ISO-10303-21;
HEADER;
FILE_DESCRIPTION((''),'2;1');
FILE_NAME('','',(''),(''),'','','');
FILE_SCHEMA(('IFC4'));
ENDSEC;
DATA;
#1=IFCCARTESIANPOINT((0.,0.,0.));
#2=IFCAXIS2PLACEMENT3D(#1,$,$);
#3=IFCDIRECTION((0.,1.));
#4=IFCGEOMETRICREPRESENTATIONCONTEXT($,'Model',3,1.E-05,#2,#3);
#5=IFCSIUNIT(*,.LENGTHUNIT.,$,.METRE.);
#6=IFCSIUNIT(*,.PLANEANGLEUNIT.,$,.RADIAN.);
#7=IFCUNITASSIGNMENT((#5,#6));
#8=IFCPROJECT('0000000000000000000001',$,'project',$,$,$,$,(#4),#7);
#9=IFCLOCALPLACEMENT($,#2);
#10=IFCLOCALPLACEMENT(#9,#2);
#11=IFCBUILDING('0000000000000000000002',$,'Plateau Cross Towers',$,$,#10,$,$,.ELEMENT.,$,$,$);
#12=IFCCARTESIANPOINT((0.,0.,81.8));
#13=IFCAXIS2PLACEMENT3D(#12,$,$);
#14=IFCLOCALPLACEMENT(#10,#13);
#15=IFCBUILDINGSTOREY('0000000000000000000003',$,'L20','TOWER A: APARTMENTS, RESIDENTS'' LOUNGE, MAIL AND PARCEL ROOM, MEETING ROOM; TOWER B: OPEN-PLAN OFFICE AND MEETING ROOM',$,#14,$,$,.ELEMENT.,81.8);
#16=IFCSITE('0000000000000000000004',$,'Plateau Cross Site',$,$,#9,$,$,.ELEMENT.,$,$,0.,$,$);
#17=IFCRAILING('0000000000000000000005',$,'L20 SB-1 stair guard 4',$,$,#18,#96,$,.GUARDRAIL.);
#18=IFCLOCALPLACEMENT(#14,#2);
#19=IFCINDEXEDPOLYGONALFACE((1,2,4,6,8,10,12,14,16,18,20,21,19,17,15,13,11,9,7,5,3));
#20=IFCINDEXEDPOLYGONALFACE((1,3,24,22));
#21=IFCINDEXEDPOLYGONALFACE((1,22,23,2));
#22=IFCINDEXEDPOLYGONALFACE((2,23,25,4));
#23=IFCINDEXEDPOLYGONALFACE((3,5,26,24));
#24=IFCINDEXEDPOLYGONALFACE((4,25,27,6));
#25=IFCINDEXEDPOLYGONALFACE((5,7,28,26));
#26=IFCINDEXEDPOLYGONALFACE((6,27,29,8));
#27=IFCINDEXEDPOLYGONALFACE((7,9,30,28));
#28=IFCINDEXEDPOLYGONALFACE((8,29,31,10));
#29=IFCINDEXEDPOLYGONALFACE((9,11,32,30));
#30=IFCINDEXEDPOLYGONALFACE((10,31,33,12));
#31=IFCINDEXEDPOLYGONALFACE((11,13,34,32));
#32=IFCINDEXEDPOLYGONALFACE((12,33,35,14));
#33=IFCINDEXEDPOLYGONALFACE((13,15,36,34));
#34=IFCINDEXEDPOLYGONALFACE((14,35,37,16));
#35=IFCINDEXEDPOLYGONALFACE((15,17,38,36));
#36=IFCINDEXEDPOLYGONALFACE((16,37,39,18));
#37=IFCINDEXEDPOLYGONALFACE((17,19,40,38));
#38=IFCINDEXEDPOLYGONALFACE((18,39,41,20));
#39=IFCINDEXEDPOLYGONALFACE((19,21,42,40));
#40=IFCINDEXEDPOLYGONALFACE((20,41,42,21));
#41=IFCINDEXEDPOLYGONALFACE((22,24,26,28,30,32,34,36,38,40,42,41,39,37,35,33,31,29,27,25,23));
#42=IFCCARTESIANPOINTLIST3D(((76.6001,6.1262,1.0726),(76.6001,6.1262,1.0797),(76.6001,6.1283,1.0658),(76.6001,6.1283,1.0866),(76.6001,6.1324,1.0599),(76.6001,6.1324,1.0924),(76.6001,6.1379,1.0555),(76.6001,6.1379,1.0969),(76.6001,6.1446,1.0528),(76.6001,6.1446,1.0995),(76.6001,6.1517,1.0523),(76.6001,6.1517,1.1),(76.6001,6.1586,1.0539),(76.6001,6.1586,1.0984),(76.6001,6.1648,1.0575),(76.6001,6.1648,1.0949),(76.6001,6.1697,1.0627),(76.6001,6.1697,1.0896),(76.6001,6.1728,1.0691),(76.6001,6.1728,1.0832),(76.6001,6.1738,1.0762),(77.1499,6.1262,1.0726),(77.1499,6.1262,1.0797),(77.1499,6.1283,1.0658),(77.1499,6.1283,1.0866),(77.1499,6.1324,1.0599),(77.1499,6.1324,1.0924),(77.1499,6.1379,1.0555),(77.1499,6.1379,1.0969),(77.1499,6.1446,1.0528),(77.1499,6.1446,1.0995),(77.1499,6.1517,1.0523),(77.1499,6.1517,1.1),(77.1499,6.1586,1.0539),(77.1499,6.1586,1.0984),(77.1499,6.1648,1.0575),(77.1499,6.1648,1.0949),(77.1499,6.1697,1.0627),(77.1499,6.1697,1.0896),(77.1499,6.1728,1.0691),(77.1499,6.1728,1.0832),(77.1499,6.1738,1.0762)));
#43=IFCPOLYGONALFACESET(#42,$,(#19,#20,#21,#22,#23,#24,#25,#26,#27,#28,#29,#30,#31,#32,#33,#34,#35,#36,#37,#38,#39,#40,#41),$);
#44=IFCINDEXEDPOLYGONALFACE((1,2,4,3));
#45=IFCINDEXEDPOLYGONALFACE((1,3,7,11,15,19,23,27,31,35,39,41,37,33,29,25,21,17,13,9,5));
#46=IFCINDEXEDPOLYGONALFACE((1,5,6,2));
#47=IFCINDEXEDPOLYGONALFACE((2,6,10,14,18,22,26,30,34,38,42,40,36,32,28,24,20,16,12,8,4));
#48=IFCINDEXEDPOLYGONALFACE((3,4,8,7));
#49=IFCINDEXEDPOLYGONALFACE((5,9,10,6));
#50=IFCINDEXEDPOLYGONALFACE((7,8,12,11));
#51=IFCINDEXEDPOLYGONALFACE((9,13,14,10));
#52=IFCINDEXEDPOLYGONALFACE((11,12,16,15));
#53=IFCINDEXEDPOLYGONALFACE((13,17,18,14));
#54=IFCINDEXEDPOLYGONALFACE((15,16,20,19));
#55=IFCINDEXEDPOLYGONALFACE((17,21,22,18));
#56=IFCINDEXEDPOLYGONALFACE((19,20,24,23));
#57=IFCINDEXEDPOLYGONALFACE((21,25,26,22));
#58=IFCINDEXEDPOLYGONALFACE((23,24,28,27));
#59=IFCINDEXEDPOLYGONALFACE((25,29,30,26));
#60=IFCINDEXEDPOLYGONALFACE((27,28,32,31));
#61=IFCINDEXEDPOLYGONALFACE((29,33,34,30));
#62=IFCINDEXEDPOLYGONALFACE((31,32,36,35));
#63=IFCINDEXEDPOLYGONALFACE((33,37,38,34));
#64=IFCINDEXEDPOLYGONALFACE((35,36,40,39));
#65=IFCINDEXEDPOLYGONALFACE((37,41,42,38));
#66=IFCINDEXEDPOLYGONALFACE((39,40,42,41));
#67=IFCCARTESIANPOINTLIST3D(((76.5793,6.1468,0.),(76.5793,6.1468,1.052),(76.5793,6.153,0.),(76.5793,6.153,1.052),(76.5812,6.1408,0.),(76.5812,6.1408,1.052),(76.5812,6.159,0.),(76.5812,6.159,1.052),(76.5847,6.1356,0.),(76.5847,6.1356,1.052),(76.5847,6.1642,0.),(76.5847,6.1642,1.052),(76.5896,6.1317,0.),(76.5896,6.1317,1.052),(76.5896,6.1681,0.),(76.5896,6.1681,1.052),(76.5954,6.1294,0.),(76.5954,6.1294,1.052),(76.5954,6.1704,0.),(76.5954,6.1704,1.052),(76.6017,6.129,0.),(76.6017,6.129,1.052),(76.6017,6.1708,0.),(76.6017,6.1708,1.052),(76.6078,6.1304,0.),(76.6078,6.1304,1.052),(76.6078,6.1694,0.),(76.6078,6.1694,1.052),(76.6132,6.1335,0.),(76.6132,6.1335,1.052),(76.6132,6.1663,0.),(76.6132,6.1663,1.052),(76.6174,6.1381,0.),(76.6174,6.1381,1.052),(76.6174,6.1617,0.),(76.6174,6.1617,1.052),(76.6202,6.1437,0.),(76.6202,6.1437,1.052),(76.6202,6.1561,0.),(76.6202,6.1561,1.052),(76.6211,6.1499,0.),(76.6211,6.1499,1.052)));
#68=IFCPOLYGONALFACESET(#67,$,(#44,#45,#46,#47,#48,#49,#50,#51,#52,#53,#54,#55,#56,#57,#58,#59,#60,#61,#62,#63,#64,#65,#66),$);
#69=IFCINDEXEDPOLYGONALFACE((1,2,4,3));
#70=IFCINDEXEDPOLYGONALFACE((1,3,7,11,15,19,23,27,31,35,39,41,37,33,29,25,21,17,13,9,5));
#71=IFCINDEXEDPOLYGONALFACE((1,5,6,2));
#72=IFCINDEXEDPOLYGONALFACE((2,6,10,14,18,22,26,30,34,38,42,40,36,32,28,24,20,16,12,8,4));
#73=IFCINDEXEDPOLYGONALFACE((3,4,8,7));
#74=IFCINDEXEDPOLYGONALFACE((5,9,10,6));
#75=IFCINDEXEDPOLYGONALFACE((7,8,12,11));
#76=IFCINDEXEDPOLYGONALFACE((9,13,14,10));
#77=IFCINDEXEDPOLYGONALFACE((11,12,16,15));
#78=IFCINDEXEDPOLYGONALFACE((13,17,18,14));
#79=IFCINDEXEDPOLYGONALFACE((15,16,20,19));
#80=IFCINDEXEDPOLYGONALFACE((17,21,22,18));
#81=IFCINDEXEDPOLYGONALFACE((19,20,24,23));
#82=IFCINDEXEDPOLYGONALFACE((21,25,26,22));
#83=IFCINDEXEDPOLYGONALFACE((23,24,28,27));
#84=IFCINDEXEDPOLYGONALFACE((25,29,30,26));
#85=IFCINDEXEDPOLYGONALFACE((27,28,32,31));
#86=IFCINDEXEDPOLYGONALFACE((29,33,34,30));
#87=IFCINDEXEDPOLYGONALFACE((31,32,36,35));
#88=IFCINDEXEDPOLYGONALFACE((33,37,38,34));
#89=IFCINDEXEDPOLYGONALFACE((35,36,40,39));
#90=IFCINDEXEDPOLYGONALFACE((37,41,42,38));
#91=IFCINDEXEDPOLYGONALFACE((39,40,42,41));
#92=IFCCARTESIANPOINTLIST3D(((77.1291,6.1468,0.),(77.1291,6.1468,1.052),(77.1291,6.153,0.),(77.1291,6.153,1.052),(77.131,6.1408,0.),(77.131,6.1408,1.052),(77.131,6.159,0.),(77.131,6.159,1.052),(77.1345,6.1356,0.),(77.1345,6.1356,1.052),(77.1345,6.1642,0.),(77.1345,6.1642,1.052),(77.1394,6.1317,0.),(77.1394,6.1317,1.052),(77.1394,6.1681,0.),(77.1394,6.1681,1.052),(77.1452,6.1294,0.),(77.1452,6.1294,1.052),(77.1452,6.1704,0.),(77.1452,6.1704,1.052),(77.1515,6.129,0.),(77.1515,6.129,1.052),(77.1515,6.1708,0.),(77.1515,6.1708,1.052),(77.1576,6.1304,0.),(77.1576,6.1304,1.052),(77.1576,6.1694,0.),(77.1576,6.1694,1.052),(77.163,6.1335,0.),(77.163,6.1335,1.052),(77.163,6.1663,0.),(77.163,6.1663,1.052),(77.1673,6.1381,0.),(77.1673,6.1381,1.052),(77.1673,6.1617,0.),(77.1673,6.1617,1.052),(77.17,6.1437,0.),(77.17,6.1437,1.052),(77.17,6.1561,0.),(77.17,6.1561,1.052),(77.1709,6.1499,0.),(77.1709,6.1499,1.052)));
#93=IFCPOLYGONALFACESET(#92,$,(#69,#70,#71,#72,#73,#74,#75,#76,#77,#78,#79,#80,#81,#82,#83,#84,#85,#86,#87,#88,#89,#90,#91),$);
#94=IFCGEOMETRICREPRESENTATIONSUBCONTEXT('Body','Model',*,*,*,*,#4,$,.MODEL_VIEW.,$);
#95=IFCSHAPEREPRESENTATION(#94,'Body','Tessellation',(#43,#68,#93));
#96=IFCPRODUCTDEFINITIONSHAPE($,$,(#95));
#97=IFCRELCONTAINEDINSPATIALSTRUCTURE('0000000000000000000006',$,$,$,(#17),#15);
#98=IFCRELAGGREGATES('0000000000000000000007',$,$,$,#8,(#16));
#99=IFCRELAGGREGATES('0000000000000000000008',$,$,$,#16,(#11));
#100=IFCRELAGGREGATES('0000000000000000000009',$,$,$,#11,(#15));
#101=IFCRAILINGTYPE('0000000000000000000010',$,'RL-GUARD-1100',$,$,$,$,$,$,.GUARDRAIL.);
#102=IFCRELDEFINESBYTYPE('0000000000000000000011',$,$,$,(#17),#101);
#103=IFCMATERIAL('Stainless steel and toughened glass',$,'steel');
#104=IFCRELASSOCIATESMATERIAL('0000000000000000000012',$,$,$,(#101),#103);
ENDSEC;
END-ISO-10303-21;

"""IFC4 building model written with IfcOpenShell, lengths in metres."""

from ifc_helpers import new_model, si_unit, direction, frame, origin, origin_2d, place, context, subcontext, project, spatial, circle, extrude, material, type_object, element, save


model = new_model("IFC4")

# Units and contexts
model_context = context("Model", 3, precision=1e-05, world=origin(), true_north=direction((0.0, 1.0)))
body_context = subcontext(model_context, "Body", "Model", "MODEL_VIEW")
ifc_project = project(units=[si_unit("LENGTHUNIT", "METRE"), si_unit("PLANEANGLEUNIT", "RADIAN")], contexts=[model_context])

# Site, building, storey
site_placement = place(None, origin())
site = spatial("IfcSite", under=ifc_project, at=site_placement, Name="Plateau Cross Site", CompositionType="ELEMENT", RefElevation=0.0)
building_placement = place(site_placement, origin())
building = spatial("IfcBuilding", under=site, at=building_placement, Name="Plateau Cross Towers", CompositionType="ELEMENT")
storey_placement = place(building_placement, frame((0.0, 0.0, 81.8)))
storey = spatial("IfcBuildingStorey", under=building, at=storey_placement, Name="L20", Description="TOWER A: APARTMENTS, RESIDENTS' LOUNGE, MAIL AND PARCEL ROOM, MEETING ROOM; TOWER B: OPEN-PLAN OFFICE AND MEETING ROOM", CompositionType="ELEMENT", Elevation=81.8)

# Railing
ifc_material_1 = material(Name="Stainless steel and toughened glass", Category="steel")
railing_type = type_object("IfcRailingType", Name="RL-GUARD-1100", PredefinedType="GUARDRAIL", material=ifc_material_1)
railing_1_placement = place(storey_placement, frame((76.6001, 6.1499, 0.0)))
element("IfcRailing", 1, at=railing_1_placement, inside=storey, type_object=railing_type, Name="L20 SB-1 stair guard 4", PredefinedType="GUARDRAIL", context=body_context, shape_type="SweptSolid", body=[
    extrude(circle(Radius=0.0239, at=origin_2d()), frame((0.0, 0.0, 1.0762), z_axis=(1.0, 0.0, 0.0), x_axis=(0.0, 1.0, 0.0)), (0.0, 0.0, 1.0), 0.5498),
    extrude(circle(Radius=0.021, at=origin_2d()), origin(), (0.0, 0.0, 1.0), 1.052),
    extrude(circle(Radius=0.021, at=origin_2d()), frame((0.5498, 0.0, 0.0)), (0.0, 0.0, 1.0), 1.052),
])

save(model, "model.ifc")
